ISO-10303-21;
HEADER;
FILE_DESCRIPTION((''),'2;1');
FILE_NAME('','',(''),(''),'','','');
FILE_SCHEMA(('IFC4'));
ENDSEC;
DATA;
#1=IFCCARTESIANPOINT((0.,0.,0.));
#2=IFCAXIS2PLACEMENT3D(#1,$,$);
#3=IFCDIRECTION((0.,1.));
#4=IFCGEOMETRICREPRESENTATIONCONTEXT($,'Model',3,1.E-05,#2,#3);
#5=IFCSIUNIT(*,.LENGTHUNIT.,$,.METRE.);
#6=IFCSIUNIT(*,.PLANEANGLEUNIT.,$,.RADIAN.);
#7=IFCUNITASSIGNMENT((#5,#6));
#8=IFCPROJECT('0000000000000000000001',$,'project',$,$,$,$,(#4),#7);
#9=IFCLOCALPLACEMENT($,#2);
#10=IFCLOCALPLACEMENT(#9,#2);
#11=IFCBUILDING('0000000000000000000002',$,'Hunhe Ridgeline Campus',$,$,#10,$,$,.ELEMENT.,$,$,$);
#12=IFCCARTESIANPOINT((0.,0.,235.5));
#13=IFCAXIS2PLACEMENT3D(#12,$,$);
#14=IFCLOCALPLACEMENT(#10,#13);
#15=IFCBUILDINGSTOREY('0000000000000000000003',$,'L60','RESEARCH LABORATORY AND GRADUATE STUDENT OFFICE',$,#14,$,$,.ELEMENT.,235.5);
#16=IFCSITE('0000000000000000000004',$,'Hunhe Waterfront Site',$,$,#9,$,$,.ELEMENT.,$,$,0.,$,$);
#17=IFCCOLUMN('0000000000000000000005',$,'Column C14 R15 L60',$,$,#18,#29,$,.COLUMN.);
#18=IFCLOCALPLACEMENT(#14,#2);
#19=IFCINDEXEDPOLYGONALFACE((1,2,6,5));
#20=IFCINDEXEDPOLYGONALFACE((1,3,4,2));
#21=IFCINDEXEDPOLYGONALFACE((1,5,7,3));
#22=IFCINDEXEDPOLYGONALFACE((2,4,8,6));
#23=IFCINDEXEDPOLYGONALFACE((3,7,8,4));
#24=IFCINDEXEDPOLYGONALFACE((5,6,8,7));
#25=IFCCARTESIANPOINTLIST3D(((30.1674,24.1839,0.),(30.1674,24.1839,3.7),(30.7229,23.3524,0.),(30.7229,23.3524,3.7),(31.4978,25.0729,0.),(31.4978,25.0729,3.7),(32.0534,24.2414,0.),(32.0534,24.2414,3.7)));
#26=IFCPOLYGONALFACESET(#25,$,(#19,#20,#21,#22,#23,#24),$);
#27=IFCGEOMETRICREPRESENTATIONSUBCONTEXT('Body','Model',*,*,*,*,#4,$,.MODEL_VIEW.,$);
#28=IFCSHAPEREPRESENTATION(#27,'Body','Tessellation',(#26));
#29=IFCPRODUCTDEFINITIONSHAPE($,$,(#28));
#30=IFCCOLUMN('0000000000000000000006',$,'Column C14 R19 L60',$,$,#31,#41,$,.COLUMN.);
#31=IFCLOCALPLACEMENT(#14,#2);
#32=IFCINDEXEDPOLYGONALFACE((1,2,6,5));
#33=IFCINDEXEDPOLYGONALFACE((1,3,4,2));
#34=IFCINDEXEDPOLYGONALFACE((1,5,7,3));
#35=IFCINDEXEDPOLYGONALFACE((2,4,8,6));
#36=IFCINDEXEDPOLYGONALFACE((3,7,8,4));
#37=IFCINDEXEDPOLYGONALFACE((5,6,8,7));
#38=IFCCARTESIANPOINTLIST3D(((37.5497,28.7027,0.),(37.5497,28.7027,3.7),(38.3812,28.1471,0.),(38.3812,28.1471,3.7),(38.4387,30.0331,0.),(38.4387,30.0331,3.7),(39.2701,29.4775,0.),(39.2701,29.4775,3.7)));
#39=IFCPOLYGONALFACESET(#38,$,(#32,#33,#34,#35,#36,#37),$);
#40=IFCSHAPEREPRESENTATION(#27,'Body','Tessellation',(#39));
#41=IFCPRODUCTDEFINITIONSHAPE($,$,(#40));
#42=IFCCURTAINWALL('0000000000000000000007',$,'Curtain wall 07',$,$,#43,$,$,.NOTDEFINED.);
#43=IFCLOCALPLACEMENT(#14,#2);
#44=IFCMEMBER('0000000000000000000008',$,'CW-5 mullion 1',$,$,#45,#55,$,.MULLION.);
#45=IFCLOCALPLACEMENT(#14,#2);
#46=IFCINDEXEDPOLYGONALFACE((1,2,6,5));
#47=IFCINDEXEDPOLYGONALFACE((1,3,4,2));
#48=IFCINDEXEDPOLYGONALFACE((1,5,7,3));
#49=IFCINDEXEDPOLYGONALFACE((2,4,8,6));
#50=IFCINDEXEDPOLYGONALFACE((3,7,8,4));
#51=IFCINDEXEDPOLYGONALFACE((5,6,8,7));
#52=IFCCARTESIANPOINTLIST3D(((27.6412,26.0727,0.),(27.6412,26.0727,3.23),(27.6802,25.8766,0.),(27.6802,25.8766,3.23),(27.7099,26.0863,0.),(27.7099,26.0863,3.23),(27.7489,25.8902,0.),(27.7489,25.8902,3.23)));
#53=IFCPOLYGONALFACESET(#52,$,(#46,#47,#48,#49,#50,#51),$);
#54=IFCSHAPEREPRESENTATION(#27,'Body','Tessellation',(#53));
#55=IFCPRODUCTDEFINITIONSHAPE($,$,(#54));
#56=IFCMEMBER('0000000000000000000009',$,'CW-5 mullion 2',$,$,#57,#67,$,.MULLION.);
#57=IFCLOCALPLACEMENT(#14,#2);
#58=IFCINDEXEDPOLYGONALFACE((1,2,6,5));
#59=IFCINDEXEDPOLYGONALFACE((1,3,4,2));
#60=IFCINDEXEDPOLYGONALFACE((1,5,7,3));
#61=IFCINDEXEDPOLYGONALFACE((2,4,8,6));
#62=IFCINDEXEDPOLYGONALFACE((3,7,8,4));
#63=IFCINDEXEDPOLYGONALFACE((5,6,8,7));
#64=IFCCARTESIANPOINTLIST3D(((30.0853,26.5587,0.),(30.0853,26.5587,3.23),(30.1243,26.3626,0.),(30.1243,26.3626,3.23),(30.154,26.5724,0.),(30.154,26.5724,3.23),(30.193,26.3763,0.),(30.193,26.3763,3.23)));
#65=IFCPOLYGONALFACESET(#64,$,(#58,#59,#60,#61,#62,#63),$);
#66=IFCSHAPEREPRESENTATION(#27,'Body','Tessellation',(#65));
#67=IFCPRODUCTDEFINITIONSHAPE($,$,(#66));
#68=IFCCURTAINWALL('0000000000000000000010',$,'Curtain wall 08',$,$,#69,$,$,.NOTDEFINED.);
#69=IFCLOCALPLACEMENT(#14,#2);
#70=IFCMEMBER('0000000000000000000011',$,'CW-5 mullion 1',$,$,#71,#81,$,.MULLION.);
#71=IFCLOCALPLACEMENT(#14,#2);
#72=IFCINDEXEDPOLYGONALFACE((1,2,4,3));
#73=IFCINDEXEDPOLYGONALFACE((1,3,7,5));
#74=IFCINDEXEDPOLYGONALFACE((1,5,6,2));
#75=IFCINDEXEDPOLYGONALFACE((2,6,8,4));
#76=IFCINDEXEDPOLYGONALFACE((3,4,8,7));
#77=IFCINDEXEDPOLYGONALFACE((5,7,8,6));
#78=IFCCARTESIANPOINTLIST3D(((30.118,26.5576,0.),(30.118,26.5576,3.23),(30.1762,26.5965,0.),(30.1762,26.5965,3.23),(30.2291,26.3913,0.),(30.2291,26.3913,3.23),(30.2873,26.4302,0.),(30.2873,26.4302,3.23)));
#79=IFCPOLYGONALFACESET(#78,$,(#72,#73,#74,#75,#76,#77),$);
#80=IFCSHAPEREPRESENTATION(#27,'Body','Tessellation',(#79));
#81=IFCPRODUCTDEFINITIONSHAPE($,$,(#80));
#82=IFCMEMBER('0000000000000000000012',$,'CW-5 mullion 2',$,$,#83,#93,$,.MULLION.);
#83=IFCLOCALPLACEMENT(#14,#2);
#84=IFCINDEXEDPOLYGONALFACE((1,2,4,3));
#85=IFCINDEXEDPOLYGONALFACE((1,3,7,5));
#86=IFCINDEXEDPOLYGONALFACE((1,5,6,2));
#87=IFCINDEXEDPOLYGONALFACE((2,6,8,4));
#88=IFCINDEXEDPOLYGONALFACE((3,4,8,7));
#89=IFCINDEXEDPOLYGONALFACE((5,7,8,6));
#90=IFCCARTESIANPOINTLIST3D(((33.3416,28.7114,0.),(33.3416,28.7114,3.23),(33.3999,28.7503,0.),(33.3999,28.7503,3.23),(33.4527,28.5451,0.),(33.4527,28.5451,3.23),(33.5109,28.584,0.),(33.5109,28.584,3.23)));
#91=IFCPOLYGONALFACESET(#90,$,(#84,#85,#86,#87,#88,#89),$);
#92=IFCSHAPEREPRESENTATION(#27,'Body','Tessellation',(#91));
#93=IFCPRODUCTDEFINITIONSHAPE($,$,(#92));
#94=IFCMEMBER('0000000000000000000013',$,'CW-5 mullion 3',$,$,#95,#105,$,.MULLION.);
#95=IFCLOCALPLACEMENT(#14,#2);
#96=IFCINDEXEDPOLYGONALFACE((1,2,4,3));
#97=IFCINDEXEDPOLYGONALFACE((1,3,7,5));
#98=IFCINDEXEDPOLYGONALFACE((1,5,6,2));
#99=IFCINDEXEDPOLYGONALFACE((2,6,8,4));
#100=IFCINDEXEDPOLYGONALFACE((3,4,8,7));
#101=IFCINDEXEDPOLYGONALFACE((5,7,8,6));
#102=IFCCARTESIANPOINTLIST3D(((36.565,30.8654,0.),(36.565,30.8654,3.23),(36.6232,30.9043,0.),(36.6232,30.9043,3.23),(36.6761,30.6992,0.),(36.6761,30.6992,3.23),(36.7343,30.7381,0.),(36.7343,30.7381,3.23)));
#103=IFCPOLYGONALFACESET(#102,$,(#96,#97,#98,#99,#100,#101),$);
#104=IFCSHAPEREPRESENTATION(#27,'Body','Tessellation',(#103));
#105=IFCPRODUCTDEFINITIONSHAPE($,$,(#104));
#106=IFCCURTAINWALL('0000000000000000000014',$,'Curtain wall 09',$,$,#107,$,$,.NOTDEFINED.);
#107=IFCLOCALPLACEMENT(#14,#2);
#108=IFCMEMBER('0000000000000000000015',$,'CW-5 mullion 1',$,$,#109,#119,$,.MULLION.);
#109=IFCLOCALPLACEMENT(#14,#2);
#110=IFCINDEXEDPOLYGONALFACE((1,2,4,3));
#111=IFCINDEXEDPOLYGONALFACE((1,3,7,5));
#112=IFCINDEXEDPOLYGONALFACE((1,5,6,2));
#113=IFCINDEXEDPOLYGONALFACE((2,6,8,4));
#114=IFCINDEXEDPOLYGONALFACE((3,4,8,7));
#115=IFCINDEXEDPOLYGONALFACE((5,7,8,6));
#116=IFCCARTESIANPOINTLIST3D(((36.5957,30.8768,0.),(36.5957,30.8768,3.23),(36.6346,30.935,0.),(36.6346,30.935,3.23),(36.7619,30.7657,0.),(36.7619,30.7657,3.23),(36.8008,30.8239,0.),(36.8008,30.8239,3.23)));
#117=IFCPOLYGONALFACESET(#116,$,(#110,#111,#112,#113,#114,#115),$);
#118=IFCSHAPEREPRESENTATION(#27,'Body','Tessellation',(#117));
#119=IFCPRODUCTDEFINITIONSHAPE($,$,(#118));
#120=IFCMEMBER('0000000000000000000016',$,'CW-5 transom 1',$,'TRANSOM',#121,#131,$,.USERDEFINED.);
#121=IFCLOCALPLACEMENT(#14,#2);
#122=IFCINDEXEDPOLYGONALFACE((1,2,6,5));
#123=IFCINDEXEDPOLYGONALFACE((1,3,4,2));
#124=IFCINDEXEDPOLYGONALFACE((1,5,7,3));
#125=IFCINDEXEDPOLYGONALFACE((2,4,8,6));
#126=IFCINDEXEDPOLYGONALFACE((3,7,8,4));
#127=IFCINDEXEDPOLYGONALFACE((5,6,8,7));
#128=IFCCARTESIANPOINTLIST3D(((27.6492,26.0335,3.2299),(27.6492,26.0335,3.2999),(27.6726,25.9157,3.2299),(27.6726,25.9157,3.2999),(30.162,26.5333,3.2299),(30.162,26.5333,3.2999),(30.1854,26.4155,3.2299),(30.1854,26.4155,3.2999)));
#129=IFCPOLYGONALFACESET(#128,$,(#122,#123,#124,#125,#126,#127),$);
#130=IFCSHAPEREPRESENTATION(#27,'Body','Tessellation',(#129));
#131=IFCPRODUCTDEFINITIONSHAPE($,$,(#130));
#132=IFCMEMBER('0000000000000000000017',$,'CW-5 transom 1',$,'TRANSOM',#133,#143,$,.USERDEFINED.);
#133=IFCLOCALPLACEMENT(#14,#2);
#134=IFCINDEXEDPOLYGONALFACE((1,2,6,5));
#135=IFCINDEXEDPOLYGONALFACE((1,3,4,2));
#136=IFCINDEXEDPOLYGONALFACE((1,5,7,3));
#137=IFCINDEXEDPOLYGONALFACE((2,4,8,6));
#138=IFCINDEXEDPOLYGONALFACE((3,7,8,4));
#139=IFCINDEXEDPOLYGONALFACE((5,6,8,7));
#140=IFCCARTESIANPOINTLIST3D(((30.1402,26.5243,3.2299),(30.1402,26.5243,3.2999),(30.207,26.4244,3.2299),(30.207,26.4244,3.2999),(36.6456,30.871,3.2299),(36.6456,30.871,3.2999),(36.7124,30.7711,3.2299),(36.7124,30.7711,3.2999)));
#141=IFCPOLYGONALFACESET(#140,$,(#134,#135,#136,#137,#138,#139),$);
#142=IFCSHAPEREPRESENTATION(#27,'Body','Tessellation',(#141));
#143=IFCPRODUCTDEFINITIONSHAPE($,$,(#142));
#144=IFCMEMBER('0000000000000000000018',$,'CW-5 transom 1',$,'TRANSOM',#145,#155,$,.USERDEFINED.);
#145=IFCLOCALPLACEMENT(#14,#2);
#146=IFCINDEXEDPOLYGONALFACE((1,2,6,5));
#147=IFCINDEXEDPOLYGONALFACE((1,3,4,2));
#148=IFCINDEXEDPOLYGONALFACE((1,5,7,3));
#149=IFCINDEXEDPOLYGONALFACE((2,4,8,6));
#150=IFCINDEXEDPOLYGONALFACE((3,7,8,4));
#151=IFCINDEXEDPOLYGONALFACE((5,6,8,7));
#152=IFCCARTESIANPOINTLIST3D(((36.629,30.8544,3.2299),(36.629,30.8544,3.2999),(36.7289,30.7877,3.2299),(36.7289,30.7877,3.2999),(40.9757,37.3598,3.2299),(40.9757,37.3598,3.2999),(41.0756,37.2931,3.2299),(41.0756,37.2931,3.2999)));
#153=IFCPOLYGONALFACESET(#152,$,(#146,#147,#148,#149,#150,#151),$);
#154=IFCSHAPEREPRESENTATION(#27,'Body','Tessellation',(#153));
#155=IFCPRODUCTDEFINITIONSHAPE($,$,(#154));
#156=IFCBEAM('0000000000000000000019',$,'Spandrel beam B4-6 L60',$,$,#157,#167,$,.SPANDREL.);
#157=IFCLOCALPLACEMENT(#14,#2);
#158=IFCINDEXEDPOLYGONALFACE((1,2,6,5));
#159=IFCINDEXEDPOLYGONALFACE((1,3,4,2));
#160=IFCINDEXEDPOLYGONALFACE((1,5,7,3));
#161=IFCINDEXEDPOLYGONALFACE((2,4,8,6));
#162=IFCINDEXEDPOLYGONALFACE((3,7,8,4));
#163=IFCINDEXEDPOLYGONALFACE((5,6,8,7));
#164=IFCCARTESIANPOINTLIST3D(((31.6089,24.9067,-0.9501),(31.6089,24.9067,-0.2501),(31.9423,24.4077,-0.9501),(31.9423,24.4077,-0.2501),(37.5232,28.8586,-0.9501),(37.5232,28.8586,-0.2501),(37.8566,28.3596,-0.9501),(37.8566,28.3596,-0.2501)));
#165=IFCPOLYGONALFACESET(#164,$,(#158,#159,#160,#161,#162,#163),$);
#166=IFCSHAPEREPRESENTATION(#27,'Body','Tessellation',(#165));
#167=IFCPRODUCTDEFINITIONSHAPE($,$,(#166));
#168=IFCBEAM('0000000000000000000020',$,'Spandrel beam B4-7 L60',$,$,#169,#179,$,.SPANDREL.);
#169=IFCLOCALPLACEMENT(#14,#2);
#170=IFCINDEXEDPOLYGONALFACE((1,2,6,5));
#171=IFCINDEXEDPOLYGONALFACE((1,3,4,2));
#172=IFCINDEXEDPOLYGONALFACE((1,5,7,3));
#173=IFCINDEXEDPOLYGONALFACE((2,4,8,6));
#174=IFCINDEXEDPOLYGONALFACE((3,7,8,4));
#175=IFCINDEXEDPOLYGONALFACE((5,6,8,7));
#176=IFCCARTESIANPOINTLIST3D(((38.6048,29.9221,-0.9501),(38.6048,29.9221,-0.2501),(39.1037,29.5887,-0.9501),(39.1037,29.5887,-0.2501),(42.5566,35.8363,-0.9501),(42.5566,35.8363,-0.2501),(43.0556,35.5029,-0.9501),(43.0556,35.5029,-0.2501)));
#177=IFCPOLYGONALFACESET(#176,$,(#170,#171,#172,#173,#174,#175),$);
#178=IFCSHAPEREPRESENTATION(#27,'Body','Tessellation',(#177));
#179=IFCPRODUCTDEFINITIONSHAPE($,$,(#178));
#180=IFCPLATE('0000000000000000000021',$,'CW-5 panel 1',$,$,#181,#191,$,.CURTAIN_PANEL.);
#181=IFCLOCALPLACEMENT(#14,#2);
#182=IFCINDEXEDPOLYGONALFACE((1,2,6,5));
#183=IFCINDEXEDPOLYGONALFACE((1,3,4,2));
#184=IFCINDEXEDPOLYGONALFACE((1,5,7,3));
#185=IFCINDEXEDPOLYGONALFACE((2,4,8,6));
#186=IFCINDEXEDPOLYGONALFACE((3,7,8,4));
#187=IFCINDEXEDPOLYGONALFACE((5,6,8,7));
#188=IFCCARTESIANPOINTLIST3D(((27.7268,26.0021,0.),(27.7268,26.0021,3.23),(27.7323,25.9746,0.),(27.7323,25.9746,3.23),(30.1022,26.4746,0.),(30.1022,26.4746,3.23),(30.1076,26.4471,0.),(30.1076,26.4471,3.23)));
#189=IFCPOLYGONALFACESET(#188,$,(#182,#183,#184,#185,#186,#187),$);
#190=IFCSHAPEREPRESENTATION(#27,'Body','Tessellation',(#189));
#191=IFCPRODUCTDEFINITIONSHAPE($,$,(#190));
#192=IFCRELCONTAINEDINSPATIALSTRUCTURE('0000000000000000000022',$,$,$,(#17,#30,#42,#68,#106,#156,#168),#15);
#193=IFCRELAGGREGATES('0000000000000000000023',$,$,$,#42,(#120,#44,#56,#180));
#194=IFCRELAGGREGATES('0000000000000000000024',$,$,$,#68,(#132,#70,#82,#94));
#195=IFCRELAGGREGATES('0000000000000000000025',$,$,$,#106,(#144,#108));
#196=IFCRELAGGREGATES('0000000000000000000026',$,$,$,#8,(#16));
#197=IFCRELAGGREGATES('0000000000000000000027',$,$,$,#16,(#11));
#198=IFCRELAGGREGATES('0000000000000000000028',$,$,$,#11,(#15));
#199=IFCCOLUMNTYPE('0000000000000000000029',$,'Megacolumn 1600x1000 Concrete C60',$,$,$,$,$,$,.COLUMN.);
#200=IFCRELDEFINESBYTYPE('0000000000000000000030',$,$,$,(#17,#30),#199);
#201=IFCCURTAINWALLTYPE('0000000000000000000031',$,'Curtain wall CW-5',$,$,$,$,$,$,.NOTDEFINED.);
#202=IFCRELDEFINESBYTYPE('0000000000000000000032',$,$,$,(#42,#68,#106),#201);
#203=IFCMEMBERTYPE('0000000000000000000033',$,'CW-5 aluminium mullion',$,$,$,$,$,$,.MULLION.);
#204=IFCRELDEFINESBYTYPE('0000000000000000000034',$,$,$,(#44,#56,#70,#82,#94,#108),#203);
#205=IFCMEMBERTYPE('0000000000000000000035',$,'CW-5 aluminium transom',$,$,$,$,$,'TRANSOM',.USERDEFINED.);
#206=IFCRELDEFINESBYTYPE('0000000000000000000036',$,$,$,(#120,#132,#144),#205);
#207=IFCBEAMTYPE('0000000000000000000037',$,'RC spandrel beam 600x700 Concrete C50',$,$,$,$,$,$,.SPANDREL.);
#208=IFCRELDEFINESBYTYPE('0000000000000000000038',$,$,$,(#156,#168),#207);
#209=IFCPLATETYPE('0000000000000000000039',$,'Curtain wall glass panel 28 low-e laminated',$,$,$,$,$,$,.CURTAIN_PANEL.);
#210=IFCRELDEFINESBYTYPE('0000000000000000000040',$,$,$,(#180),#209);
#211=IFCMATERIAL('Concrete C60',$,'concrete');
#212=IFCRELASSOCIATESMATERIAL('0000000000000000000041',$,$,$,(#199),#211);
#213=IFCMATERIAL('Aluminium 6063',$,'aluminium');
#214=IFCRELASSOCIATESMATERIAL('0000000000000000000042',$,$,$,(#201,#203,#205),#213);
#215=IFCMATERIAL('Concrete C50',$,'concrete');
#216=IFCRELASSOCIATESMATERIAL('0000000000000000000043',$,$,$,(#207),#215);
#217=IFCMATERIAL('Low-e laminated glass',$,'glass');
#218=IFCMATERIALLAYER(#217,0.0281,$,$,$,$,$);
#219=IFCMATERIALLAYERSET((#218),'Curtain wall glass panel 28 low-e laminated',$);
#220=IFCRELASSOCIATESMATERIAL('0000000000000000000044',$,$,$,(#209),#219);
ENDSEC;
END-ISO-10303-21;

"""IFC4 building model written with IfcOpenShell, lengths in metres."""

from ifc_helpers import new_model, si_unit, direction, frame, origin, origin_2d, place, context, subcontext, project, spatial, rectangle, extrude, material, layer, layer_set, material_profile, profile_set, type_object, element, aggregate, save


model = new_model("IFC4")

# Units and contexts
model_context = context("Model", 3, precision=1e-05, world=origin(), true_north=direction((0.0, 1.0)))
body_context = subcontext(model_context, "Body", "Model", "MODEL_VIEW")
ifc_project = project(units=[si_unit("LENGTHUNIT", "METRE"), si_unit("PLANEANGLEUNIT", "RADIAN")], contexts=[model_context])

# Site, building, storey
site_placement = place(None, origin())
site = spatial("IfcSite", under=ifc_project, at=site_placement, Name="Hunhe Waterfront Site", CompositionType="ELEMENT", RefElevation=0.0)
building_placement = place(site_placement, origin())
building = spatial("IfcBuilding", under=site, at=building_placement, Name="Hunhe Ridgeline Campus", CompositionType="ELEMENT")
storey_placement = place(building_placement, frame((0.0, 0.0, 235.5)))
storey = spatial("IfcBuildingStorey", under=building, at=storey_placement, Name="L60", Description="RESEARCH LABORATORY AND GRADUATE STUDENT OFFICE", CompositionType="ELEMENT", Elevation=235.5)

# Columns
ifc_material_1 = material(Name="Concrete C60", Category="concrete")
ifc_material_profile_1 = material_profile(ifc_material_1, rectangle(XDim=1.6001, YDim=1.0, at=origin_2d()))
ifc_profile_set_1 = profile_set([ifc_material_profile_1], Name="Concrete C60")
column_type = type_object("IfcColumnType", Name="Megacolumn 1600x1000 Concrete C60", PredefinedType="COLUMN", material=ifc_profile_set_1)
for number, where, z_axis, x_axis, name in (
    (1, (31.1104, 24.2126, 0.0), (0.0, 0.0, 1.0), (0.83147, 0.55557, 0.0), "Column C14 R15 L60"),
    (2, (38.4099, 29.0901, 0.0), (0.0, 0.0, 1.0), (0.55557, 0.83147, 0.0), "Column C14 R19 L60"),
):
    element("IfcColumn", number, at=place(storey_placement, frame(where, z_axis=z_axis, x_axis=x_axis)), inside=storey, type_object=column_type, Name=name, PredefinedType="COLUMN", context=body_context, shape_type="SweptSolid", body=[
        extrude(rectangle(XDim=1.6001, YDim=1.0, at=origin_2d()), origin(), (0.0, 0.0, 1.0), 3.7),
    ])

# Curtain walls, members
ifc_material_2 = material(Name="Aluminium 6063", Category="aluminium")
curtain_wall_type = type_object("IfcCurtainWallType", Name="Curtain wall CW-5", PredefinedType="NOTDEFINED", material=ifc_material_2)
curtain_wall_1_placement = place(storey_placement, origin())
curtain_wall_1 = element("IfcCurtainWall", 3, at=curtain_wall_1_placement, inside=storey, type_object=curtain_wall_type, Name="Curtain wall 07", PredefinedType="NOTDEFINED")
ifc_material_profile_2 = material_profile(ifc_material_2, rectangle(XDim=0.2, YDim=0.0701, at=origin_2d()))
ifc_profile_set_2 = profile_set([ifc_material_profile_2], Name="Aluminium 6063")
member_type_1 = type_object("IfcMemberType", Name="CW-5 aluminium mullion", PredefinedType="MULLION", material=ifc_profile_set_2)
member_1_placement = place(storey_placement, frame((27.6951, 25.9814, 0.0), z_axis=(0.0, 0.0, 1.0), x_axis=(-0.195091, 0.980785, 0.0)))
member_1 = element("IfcMember", 4, at=member_1_placement, type_object=member_type_1, Name="CW-5 mullion 1", PredefinedType="MULLION", context=body_context, shape_type="SweptSolid", body=[
    extrude(rectangle(XDim=0.2, YDim=0.0701, at=origin_2d()), origin(), (0.0, 0.0, 1.0), 3.23),
])
member_2_placement = place(storey_placement, frame((30.1392, 26.4675, 0.0), z_axis=(0.0, 0.0, 1.0), x_axis=(-0.195091, 0.980785, 0.0)))
member_2 = element("IfcMember", 5, at=member_2_placement, type_object=member_type_1, Name="CW-5 mullion 2", PredefinedType="MULLION", context=body_context, shape_type="SweptSolid", body=[
    extrude(rectangle(XDim=0.2, YDim=0.0701, at=origin_2d()), origin(), (0.0, 0.0, 1.0), 3.23),
])
curtain_wall_2_placement = place(storey_placement, origin())
curtain_wall_2 = element("IfcCurtainWall", 6, at=curtain_wall_2_placement, inside=storey, type_object=curtain_wall_type, Name="Curtain wall 08", PredefinedType="NOTDEFINED")
member_3_placement = place(storey_placement, frame((30.2026, 26.4939, 0.0), z_axis=(0.0, 0.0, 1.0), x_axis=(-0.55557, 0.83147, 0.0)))
member_3 = element("IfcMember", 7, at=member_3_placement, type_object=member_type_1, Name="CW-5 mullion 1", PredefinedType="MULLION", context=body_context, shape_type="SweptSolid", body=[
    extrude(rectangle(XDim=0.2, YDim=0.0701, at=origin_2d()), origin(), (0.0, 0.0, 1.0), 3.23),
])
member_4_placement = place(storey_placement, frame((33.4263, 28.6477, 0.0), z_axis=(0.0, 0.0, 1.0), x_axis=(-0.55557, 0.83147, 0.0)))
member_4 = element("IfcMember", 8, at=member_4_placement, type_object=member_type_1, Name="CW-5 mullion 2", PredefinedType="MULLION", context=body_context, shape_type="SweptSolid", body=[
    extrude(rectangle(XDim=0.2, YDim=0.0701, at=origin_2d()), origin(), (0.0, 0.0, 1.0), 3.23),
])
member_5_placement = place(storey_placement, frame((36.6497, 30.8018, 0.0), z_axis=(0.0, 0.0, 1.0), x_axis=(-0.55557, 0.83147, 0.0)))
member_5 = element("IfcMember", 9, at=member_5_placement, type_object=member_type_1, Name="CW-5 mullion 3", PredefinedType="MULLION", context=body_context, shape_type="SweptSolid", body=[
    extrude(rectangle(XDim=0.2, YDim=0.0701, at=origin_2d()), origin(), (0.0, 0.0, 1.0), 3.23),
])

# Curtain wall, member
curtain_wall_3_placement = place(storey_placement, origin())
curtain_wall_3 = element("IfcCurtainWall", 10, at=curtain_wall_3_placement, inside=storey, type_object=curtain_wall_type, Name="Curtain wall 09", PredefinedType="NOTDEFINED")
member_6_placement = place(storey_placement, frame((36.6982, 30.8503, 0.0), z_axis=(0.0, 0.0, 1.0), x_axis=(-0.83147, 0.55557, 0.0)))
member_6 = element("IfcMember", 11, at=member_6_placement, type_object=member_type_1, Name="CW-5 mullion 1", PredefinedType="MULLION", context=body_context, shape_type="SweptSolid", body=[
    extrude(rectangle(XDim=0.2, YDim=0.0701, at=origin_2d()), origin(), (0.0, 0.0, 1.0), 3.23),
])

# Members
ifc_material_profile_3 = material_profile(ifc_material_2, rectangle(XDim=0.1201, YDim=0.0701, at=origin_2d()))
ifc_profile_set_3 = profile_set([ifc_material_profile_3], Name="Aluminium 6063")
member_type_2 = type_object("IfcMemberType", Name="CW-5 aluminium transom", ElementType="TRANSOM", PredefinedType="USERDEFINED", material=ifc_profile_set_3)
member_7_placement = place(storey_placement, frame((27.6609, 25.9746, 3.2649), z_axis=(0.980789, 0.195071, 0.0), x_axis=(-0.195071, 0.980789, 0.0)))
member_7 = element("IfcMember", 12, at=member_7_placement, type_object=member_type_2, Name="CW-5 transom 1", ObjectType="TRANSOM", PredefinedType="USERDEFINED", context=body_context, shape_type="SweptSolid", body=[
    extrude(rectangle(XDim=0.1201, YDim=0.0701, at=origin_2d()), origin(), (0.0, 0.0, 1.0), 2.562),
])
member_8_placement = place(storey_placement, frame((30.1736, 26.4744, 3.2649), z_axis=(0.831474, 0.555564, 0.0), x_axis=(-0.555564, 0.831474, 0.0)))
member_8 = element("IfcMember", 13, at=member_8_placement, type_object=member_type_2, Name="CW-5 transom 1", ObjectType="TRANSOM", PredefinedType="USERDEFINED", context=body_context, shape_type="SweptSolid", body=[
    extrude(rectangle(XDim=0.1201, YDim=0.0701, at=origin_2d()), origin(), (0.0, 0.0, 1.0), 7.824),
])
member_9_placement = place(storey_placement, frame((36.679, 30.821, 3.2649), z_axis=(0.555564, 0.831474, 0.0), x_axis=(-0.831474, 0.555564, 0.0)))
member_9 = element("IfcMember", 14, at=member_9_placement, type_object=member_type_2, Name="CW-5 transom 1", ObjectType="TRANSOM", PredefinedType="USERDEFINED", context=body_context, shape_type="SweptSolid", body=[
    extrude(rectangle(XDim=0.1201, YDim=0.0701, at=origin_2d()), origin(), (0.0, 0.0, 1.0), 7.824),
])

# Beams
ifc_material_3 = material(Name="Concrete C50", Category="concrete")
ifc_material_profile_4 = material_profile(ifc_material_3, rectangle(XDim=0.6001, YDim=0.7, at=origin_2d()))
ifc_profile_set_4 = profile_set([ifc_material_profile_4], Name="Concrete C50")
beam_type = type_object("IfcBeamType", Name="RC spandrel beam 600x700 Concrete C50", PredefinedType="SPANDREL", material=ifc_profile_set_4)
for number, where, z_axis, x_axis, name in (
    (15, (31.7756, 24.6572, -0.6001), (0.831464, 0.555579, 0.0), (-0.555579, 0.831464, 0.0), "Spandrel beam B4-6 L60"),
    (16, (38.8542, 29.7554, -0.6001), (0.555579, 0.831464, 0.0), (-0.831464, 0.555579, 0.0), "Spandrel beam B4-7 L60"),
):
    element("IfcBeam", number, at=place(storey_placement, frame(where, z_axis=z_axis, x_axis=x_axis)), inside=storey, type_object=beam_type, Name=name, PredefinedType="SPANDREL", context=body_context, shape_type="SweptSolid", body=[
        extrude(rectangle(XDim=0.6001, YDim=0.7, at=origin_2d()), origin(), (0.0, 0.0, 1.0), 7.113),
    ])

# Plate
ifc_material_4 = material(Name="Low-e laminated glass", Category="glass")
ifc_layer_1 = layer(ifc_material_4, 0.0281)
ifc_layer_set_1 = layer_set([ifc_layer_1], Name="Curtain wall glass panel 28 low-e laminated")
plate_type = type_object("IfcPlateType", Name="Curtain wall glass panel 28 low-e laminated", PredefinedType="CURTAIN_PANEL", material=ifc_layer_set_1)
plate_1_placement = place(storey_placement, frame((28.9172, 26.2246, 0.0), z_axis=(0.0, 0.0, 1.0), x_axis=(0.980785, 0.195091, 0.0)))
plate_1 = element("IfcPlate", 17, at=plate_1_placement, type_object=plate_type, Name="CW-5 panel 1", PredefinedType="CURTAIN_PANEL", context=body_context, shape_type="SweptSolid", body=[
    extrude(rectangle(XDim=2.4219, YDim=0.0281, at=origin_2d()), origin(), (0.0, 0.0, 1.0), 3.23),
])
aggregate(curtain_wall_1, [member_7, member_1, member_2, plate_1])
aggregate(curtain_wall_2, [member_8, member_3, member_4, member_5])
aggregate(curtain_wall_3, [member_9, member_6])

save(model, "model.ifc")
